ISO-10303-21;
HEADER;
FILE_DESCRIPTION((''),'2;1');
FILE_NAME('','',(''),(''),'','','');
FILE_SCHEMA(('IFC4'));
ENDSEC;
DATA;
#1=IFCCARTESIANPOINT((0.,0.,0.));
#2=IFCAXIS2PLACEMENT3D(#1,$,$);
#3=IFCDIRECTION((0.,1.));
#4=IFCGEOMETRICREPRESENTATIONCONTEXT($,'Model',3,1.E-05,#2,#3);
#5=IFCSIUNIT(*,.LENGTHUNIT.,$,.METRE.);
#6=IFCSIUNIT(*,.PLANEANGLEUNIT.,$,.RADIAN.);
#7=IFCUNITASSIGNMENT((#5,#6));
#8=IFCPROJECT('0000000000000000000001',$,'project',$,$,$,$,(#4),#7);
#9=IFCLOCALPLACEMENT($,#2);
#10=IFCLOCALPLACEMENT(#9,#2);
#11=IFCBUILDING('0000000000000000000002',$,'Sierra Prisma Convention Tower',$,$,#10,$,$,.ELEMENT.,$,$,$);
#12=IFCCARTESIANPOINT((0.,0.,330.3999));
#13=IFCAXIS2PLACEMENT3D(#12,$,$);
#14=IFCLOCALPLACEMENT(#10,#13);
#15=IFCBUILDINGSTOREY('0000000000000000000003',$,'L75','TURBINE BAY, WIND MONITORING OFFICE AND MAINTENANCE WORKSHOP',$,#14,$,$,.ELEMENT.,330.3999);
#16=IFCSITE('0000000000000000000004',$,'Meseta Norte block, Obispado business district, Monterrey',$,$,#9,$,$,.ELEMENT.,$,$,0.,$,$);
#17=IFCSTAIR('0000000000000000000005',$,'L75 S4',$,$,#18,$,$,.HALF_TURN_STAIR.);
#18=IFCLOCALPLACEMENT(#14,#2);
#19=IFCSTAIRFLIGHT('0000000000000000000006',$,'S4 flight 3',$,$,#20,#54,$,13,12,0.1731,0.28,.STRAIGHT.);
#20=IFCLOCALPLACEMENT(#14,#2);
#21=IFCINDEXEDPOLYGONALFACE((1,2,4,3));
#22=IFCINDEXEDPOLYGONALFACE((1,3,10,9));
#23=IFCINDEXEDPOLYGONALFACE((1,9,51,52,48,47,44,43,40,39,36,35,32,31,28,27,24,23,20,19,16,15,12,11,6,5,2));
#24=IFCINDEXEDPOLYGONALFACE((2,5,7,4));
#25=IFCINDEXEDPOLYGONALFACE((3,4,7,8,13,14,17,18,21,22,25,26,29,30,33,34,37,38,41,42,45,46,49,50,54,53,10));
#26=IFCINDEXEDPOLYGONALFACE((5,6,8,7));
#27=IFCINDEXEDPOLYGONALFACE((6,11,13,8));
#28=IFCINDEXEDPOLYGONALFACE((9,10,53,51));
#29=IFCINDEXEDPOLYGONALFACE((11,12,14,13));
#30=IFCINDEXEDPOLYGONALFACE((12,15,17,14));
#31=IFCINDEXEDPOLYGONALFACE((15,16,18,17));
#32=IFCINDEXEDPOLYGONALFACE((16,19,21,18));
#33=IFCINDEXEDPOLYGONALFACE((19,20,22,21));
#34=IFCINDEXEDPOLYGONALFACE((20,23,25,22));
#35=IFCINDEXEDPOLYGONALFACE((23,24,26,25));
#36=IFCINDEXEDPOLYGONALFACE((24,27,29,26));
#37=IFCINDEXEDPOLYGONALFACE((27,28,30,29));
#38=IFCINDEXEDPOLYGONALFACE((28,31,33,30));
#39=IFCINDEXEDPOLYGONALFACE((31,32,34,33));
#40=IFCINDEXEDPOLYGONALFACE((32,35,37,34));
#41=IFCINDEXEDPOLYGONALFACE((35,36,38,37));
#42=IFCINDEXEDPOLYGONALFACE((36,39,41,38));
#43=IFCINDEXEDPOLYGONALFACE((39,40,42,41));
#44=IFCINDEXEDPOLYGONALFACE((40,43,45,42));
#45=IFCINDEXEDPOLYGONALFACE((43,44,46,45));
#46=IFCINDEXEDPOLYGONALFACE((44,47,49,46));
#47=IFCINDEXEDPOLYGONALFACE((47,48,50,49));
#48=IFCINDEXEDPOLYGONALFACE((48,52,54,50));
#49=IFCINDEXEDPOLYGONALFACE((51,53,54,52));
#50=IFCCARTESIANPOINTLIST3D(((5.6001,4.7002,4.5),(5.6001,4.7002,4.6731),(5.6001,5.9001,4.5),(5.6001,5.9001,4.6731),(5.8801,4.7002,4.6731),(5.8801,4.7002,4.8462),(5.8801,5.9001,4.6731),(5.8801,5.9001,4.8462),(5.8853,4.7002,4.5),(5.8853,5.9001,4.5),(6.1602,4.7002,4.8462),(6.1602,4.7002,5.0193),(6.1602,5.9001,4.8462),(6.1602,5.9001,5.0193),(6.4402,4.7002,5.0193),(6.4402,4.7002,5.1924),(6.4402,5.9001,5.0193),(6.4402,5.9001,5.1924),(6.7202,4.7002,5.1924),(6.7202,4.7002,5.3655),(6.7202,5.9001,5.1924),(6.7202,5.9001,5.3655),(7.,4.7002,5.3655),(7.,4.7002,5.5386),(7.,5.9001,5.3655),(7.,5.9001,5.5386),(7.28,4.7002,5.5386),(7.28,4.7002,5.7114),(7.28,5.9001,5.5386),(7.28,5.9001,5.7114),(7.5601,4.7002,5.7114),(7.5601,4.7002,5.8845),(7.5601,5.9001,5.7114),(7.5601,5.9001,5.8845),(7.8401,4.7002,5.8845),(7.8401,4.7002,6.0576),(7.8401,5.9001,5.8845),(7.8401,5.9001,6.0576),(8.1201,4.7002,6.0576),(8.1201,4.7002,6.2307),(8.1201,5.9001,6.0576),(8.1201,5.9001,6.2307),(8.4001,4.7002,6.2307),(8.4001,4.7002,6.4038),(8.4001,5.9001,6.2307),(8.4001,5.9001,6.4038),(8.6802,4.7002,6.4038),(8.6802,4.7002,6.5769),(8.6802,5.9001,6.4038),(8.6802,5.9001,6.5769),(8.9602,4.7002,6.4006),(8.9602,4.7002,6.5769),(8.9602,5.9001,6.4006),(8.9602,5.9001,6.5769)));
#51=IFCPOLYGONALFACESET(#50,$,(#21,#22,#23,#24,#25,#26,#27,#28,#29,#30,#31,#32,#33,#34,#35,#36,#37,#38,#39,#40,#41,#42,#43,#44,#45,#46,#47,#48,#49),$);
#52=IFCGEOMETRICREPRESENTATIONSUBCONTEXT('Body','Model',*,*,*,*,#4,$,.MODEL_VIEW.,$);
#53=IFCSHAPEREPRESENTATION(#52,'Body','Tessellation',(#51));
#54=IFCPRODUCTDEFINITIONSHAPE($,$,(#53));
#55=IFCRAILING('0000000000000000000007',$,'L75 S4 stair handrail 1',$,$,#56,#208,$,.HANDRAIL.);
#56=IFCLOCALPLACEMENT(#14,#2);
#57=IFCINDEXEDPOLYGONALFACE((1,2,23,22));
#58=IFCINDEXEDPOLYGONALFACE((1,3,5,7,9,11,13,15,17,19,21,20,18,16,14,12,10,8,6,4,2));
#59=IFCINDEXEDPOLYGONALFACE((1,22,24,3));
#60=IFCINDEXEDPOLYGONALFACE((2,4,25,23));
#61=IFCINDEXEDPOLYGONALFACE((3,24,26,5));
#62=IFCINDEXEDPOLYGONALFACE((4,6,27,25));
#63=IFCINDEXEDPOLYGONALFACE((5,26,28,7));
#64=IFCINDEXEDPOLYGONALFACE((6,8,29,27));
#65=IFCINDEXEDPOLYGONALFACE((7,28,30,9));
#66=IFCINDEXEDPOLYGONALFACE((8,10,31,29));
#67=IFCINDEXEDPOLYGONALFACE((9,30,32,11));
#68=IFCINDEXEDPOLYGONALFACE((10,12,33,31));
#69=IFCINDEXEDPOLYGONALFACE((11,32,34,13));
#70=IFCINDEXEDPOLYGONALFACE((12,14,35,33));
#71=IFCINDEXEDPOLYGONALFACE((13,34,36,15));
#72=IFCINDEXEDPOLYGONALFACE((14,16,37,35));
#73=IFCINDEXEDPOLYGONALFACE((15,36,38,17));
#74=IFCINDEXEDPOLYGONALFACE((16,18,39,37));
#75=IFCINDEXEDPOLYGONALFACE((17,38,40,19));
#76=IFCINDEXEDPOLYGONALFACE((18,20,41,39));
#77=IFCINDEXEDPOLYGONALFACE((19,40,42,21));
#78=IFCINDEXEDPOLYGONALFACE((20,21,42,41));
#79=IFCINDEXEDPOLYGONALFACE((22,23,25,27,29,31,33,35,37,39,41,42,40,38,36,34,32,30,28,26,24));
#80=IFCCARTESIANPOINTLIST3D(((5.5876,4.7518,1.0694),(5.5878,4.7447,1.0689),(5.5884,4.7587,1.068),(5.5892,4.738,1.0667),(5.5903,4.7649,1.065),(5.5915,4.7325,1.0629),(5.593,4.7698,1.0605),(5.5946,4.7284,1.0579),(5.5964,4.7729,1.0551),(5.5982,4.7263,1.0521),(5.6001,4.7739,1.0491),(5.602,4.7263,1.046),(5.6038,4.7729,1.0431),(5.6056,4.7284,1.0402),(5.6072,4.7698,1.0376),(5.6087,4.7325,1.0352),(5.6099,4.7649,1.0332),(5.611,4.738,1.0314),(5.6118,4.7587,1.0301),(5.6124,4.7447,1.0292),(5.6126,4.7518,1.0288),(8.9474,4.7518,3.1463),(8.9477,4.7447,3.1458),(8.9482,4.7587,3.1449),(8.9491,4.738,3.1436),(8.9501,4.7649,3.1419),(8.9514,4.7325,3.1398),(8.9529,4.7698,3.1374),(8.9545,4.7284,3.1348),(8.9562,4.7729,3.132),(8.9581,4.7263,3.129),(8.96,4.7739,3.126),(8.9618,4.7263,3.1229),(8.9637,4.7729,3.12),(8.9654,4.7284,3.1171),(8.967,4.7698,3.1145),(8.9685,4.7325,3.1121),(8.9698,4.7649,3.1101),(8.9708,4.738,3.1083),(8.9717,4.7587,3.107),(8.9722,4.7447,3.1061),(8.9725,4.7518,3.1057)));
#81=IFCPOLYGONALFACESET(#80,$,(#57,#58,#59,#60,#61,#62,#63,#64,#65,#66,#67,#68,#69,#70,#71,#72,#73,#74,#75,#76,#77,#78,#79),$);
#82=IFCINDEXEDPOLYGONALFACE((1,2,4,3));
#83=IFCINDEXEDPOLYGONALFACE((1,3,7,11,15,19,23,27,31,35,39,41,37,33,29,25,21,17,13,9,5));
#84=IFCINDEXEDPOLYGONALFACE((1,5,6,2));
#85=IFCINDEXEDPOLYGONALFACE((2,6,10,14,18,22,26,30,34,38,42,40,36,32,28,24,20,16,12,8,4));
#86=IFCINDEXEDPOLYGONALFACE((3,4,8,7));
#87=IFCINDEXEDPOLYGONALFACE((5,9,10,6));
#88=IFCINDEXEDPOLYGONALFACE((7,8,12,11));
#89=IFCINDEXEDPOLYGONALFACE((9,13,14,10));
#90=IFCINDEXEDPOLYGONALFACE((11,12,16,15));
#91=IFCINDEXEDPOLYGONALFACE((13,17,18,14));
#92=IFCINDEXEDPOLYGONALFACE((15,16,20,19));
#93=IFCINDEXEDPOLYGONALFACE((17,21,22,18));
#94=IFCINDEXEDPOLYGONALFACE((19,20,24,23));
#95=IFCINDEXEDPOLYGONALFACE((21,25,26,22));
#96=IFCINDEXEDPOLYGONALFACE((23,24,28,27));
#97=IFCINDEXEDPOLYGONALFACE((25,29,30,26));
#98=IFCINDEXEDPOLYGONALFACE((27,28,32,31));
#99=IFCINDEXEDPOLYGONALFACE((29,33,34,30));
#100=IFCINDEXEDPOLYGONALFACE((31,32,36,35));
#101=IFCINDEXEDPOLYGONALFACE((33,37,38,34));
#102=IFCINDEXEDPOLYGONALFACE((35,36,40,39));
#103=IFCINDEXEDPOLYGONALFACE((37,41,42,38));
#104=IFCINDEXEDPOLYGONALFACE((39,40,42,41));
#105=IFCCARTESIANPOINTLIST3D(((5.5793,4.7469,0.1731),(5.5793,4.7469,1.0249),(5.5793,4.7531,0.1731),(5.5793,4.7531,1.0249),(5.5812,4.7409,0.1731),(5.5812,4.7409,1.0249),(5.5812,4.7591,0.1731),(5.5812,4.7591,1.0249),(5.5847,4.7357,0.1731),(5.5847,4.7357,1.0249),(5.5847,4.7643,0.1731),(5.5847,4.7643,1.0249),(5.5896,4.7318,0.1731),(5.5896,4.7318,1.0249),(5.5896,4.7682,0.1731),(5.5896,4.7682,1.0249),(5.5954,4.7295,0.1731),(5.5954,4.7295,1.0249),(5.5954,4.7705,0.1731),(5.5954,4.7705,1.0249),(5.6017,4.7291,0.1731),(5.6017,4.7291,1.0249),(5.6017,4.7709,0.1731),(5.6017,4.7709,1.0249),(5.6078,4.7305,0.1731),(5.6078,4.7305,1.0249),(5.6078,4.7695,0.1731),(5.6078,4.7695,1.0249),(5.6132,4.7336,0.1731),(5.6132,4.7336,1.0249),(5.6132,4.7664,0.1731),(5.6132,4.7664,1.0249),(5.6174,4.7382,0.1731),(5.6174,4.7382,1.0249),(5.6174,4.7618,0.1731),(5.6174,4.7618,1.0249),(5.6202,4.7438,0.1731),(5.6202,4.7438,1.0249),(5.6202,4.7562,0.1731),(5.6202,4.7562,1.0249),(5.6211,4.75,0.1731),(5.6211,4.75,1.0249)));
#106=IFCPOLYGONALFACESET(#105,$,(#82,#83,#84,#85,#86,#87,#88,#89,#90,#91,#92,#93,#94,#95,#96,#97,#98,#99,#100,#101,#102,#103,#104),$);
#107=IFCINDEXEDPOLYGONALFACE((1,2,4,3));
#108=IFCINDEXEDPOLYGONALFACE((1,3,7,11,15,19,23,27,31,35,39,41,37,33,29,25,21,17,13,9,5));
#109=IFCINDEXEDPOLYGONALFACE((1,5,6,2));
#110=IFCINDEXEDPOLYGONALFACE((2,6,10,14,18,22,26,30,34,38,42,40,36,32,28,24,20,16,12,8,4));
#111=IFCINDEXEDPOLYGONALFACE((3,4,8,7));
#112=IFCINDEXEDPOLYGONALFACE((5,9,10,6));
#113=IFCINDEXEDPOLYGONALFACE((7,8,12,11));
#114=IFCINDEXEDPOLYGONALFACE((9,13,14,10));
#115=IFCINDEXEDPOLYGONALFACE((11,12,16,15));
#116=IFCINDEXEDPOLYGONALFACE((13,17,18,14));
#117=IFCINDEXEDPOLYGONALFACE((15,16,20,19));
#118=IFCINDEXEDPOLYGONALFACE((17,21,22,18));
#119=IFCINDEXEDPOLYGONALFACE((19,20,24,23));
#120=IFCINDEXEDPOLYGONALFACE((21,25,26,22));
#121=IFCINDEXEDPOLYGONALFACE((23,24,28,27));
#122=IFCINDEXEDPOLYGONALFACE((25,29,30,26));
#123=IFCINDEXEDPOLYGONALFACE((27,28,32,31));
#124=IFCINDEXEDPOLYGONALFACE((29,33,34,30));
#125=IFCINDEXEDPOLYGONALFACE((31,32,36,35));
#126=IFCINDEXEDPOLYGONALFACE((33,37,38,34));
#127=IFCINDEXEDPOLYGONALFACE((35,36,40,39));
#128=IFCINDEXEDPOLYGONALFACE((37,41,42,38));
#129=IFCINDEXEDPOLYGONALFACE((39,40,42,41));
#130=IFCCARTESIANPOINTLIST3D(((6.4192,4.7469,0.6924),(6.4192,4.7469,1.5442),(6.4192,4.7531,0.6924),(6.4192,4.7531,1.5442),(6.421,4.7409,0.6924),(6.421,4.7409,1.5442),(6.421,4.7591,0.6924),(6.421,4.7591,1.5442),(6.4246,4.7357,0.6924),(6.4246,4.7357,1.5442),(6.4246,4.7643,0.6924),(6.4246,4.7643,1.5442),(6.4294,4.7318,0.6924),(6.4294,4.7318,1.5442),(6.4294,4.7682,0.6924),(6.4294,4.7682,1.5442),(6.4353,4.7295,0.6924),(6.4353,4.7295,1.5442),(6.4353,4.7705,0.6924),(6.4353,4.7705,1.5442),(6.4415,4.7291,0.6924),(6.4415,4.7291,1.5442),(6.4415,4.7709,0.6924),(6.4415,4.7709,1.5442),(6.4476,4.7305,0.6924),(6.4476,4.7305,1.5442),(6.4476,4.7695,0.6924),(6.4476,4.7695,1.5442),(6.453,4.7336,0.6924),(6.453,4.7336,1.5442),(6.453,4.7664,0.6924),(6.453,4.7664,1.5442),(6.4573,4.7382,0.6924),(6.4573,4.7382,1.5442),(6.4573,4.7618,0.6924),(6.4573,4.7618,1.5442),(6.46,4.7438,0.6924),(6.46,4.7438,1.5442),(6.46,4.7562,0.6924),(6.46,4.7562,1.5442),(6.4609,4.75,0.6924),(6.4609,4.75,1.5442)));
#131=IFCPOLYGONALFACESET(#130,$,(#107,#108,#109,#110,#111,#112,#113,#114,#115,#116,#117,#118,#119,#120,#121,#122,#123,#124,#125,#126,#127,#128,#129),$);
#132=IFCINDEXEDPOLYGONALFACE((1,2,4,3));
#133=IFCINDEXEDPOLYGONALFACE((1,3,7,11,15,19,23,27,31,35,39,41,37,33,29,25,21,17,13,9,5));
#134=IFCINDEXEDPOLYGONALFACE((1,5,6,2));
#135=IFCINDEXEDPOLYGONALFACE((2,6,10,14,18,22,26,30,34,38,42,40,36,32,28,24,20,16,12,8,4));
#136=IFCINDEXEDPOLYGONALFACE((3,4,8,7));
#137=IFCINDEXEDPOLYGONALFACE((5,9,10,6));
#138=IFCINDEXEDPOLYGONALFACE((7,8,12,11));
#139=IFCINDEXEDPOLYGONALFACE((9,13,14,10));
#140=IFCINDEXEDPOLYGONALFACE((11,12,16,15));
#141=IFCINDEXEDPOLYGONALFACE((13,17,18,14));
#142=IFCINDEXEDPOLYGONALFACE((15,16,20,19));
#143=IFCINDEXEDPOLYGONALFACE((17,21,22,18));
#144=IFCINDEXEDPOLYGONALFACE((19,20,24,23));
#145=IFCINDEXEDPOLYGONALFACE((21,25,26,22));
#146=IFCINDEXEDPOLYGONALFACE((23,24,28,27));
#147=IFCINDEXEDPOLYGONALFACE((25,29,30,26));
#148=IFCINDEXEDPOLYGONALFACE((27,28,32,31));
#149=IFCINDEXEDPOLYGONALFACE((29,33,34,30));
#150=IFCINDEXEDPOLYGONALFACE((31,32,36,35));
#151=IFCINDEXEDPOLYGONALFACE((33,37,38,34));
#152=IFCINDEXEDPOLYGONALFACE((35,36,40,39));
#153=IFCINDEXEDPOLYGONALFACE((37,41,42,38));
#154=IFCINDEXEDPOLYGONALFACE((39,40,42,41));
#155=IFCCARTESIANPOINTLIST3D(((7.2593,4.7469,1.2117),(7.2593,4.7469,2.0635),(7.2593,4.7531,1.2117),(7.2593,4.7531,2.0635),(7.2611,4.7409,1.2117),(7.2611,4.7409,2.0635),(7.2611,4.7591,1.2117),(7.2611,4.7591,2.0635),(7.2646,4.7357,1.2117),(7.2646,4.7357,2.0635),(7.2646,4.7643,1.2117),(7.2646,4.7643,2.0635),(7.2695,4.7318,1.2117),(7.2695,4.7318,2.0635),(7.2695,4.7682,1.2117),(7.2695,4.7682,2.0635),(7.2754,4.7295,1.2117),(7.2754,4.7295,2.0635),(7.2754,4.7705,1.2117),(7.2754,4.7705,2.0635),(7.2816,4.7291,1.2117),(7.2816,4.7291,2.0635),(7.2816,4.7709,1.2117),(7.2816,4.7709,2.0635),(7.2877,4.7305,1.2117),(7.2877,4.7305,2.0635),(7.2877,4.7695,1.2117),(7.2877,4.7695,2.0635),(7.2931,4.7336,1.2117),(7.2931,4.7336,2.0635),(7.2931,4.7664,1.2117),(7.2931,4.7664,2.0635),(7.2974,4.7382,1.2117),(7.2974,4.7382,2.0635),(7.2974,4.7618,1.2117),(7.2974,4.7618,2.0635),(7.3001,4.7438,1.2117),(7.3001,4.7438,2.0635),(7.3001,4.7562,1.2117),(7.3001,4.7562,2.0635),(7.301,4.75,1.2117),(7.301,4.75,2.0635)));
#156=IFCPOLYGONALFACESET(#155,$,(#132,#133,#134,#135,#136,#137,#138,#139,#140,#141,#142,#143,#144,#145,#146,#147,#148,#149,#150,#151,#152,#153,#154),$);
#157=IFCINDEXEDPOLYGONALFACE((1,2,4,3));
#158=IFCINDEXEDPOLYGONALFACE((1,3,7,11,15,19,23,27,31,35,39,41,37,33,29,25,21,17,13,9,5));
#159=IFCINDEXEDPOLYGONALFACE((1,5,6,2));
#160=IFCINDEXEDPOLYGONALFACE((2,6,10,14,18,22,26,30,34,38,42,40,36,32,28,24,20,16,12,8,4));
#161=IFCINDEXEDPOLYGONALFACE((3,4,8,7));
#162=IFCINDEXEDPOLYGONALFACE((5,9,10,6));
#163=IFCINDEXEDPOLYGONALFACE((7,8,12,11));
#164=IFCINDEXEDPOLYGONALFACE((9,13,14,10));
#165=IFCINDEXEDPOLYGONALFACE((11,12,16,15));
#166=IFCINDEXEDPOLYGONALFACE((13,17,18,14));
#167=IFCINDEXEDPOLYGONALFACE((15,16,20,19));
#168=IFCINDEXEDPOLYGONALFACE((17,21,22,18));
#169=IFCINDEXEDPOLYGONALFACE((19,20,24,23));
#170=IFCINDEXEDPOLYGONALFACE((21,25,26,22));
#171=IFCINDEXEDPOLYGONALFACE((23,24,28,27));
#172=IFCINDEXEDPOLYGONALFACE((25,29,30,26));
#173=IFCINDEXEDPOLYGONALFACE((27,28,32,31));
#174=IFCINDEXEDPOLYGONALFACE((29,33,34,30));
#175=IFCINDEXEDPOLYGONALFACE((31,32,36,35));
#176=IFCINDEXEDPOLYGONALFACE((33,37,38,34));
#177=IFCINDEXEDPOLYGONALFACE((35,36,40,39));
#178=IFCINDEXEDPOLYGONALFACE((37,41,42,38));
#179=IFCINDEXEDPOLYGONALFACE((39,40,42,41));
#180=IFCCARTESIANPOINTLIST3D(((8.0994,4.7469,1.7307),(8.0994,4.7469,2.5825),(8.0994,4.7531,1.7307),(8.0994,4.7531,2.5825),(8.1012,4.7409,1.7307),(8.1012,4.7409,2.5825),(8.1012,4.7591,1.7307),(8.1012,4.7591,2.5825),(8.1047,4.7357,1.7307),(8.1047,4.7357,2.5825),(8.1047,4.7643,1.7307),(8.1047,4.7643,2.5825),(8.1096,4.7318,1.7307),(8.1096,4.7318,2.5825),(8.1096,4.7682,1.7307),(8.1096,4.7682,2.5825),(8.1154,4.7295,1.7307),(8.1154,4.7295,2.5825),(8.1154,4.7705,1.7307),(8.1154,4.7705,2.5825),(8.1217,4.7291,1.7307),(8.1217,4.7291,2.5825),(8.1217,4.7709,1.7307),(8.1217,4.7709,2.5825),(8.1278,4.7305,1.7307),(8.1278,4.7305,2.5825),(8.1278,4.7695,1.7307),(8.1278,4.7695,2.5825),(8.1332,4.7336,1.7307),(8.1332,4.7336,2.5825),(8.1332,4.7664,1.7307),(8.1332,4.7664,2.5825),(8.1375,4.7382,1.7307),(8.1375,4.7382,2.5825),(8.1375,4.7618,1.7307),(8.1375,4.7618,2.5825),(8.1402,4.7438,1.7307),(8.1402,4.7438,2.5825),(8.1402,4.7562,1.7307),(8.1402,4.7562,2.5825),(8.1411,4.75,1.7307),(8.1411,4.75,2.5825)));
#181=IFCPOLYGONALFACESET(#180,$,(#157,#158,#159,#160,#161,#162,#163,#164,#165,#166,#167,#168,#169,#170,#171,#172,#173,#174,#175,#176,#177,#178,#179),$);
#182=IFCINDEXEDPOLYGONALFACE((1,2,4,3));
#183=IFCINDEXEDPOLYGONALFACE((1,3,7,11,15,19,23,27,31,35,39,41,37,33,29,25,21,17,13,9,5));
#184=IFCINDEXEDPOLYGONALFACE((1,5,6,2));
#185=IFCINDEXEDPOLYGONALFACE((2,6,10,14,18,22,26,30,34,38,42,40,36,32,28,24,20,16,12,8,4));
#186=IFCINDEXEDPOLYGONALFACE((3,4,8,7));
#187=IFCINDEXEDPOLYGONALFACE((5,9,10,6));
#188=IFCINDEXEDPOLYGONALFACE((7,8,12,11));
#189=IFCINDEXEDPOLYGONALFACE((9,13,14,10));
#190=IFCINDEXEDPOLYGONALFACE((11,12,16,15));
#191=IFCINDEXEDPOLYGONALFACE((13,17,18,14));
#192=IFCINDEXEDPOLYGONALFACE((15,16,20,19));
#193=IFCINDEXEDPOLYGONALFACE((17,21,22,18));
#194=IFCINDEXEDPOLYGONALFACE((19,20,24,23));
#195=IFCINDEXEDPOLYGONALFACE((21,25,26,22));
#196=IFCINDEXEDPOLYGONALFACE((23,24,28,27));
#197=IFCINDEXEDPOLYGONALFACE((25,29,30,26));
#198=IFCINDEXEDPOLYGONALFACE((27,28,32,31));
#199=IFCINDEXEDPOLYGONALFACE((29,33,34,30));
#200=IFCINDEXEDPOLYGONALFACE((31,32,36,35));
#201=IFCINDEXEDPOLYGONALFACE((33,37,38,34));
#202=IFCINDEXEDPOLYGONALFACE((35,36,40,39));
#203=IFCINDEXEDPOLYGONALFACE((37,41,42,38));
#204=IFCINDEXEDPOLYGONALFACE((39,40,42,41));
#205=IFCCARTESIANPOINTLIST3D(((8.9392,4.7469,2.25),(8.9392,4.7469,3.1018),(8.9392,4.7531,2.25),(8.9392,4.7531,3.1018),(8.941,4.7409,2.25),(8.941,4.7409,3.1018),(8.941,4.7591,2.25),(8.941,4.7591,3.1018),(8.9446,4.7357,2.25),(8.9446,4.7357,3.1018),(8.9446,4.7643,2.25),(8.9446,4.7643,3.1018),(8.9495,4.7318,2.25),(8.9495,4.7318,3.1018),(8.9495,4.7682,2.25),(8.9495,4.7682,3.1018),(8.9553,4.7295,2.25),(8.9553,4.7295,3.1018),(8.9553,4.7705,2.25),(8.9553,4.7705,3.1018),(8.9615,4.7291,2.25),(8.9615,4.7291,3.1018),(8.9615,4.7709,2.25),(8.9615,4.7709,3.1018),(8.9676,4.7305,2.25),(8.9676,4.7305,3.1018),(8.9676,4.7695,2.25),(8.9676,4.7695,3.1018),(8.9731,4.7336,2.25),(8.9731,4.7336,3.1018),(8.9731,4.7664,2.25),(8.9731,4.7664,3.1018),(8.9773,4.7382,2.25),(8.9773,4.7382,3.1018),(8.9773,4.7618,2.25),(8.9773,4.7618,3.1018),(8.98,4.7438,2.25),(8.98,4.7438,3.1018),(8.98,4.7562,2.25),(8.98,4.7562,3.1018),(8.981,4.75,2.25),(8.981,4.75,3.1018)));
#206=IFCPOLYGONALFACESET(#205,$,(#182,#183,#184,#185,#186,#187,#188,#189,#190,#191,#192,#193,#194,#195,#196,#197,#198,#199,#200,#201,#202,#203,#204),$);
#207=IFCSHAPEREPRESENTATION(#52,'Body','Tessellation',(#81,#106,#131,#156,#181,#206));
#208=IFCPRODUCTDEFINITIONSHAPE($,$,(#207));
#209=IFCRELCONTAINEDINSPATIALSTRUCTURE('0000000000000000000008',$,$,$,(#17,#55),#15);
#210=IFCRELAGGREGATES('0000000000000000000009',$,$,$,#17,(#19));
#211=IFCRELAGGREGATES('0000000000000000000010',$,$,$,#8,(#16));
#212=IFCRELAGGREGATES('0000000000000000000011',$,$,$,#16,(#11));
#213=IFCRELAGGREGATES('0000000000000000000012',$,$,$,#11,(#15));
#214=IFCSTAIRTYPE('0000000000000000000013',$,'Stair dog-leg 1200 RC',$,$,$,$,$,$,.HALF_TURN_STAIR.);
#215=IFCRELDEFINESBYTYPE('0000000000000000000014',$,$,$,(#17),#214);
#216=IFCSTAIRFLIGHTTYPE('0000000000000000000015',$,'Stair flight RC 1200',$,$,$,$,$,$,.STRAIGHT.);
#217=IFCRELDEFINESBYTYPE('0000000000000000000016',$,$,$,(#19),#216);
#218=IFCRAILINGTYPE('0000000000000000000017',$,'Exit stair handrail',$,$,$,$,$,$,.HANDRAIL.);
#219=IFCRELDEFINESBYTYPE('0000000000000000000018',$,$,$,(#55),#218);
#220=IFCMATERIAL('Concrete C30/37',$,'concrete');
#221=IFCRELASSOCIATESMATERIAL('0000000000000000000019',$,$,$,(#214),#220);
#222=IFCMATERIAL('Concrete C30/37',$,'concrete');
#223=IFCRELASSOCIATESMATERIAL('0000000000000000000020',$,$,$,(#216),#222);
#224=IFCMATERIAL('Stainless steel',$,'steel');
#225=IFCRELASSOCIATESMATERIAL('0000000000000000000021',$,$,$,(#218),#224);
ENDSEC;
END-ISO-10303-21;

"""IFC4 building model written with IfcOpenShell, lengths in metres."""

from ifc_helpers import new_model, si_unit, direction, frame, origin, origin_2d, place, context, subcontext, project, spatial, polyline, circle, outline, extrude, material, type_object, element, aggregate, save


model = new_model("IFC4")

# Units and contexts
model_context = context("Model", 3, precision=1e-05, world=origin(), true_north=direction((0.0, 1.0)))
body_context = subcontext(model_context, "Body", "Model", "MODEL_VIEW")
ifc_project = project(units=[si_unit("LENGTHUNIT", "METRE"), si_unit("PLANEANGLEUNIT", "RADIAN")], contexts=[model_context])

# Site, building, storey
site_placement = place(None, origin())
site = spatial("IfcSite", under=ifc_project, at=site_placement, Name="Meseta Norte block, Obispado business district, Monterrey", CompositionType="ELEMENT", RefElevation=0.0)
building_placement = place(site_placement, origin())
building = spatial("IfcBuilding", under=site, at=building_placement, Name="Sierra Prisma Convention Tower", CompositionType="ELEMENT")
storey_placement = place(building_placement, frame((0.0, 0.0, 330.3999)))
storey = spatial("IfcBuildingStorey", under=building, at=storey_placement, Name="L75", Description="TURBINE BAY, WIND MONITORING OFFICE AND MAINTENANCE WORKSHOP", CompositionType="ELEMENT", Elevation=330.3999)

# Stair, stair flight
ifc_material_1 = material(Name="Concrete C30/37", Category="concrete")
stair_type = type_object("IfcStairType", Name="Stair dog-leg 1200 RC", PredefinedType="HALF_TURN_STAIR", material=ifc_material_1)
stair_placement = place(storey_placement, origin())
stair = element("IfcStair", 1, at=stair_placement, inside=storey, type_object=stair_type, Name="L75 S4", PredefinedType="HALF_TURN_STAIR")
ifc_material_2 = material(Name="Concrete C30/37", Category="concrete")
stair_flight_type = type_object("IfcStairFlightType", Name="Stair flight RC 1200", PredefinedType="STRAIGHT", material=ifc_material_2)
stair_flight_1_placement = place(storey_placement, frame((5.6001, 5.3, 4.5), z_axis=(0.0, 0.0, 1.0), x_axis=(1.0, 0.0, 0.0)))
stair_flight_1 = element("IfcStairFlight", 2, at=stair_flight_1_placement, type_object=stair_flight_type, Name="S4 flight 3", NumberOfRisers=13, NumberOfTreads=12, PredefinedType="STRAIGHT", RiserHeight=0.1731, TreadLength=0.28, context=body_context, shape_type="SweptSolid", body=[
    extrude(outline(polyline([(0.0, 0.0), (0.0, 0.1731), (0.28, 0.1731), (0.28, 0.3462), (0.5601, 0.3462), (0.5601, 0.5193), (0.8401, 0.5193), (0.8401, 0.6924), (1.1201, 0.6924), (1.1201, 0.8655), (1.3999, 0.8655), (1.3999, 1.0386), (1.6799, 1.0386), (1.6799, 1.2114), (1.96, 1.2114), (1.96, 1.3845), (2.24, 1.3845), (2.24, 1.5576), (2.52, 1.5576), (2.52, 1.7307), (2.8, 1.7307), (2.8, 1.9038), (3.0801, 1.9038), (3.0801, 2.0769), (3.3601, 2.0769), (3.3601, 2.25), (3.3601, 1.9006), (0.2852, 0.0), (0.0, 0.0)])), frame((0.0, 0.6001, 0.0), z_axis=(0.0, -1.0, 0.0), x_axis=(1.0, 0.0, 0.0)), (0.0, 0.0, 1.0), 1.2),
])
aggregate(stair, [stair_flight_1])

# Railing
ifc_material_3 = material(Name="Stainless steel", Category="steel")
railing_type_1 = type_object("IfcRailingType", Name="Exit stair handrail", PredefinedType="HANDRAIL", material=ifc_material_3)
for number, where, name in (
    (3, (5.6001, 4.75, 0.1731), "L75 S4 stair handrail 1"),
):
    element("IfcRailing", number, at=place(storey_placement, frame(where)), inside=storey, type_object=railing_type_1, Name=name, PredefinedType="HANDRAIL", context=body_context, shape_type="SweptSolid", body=[
        extrude(circle(Radius=0.0239, at=origin_2d()), frame((0.0, 0.0, 0.876), z_axis=(0.850606, 0.0, 0.525803), x_axis=(0.0, 1.0, 0.0)), (0.0, 0.0, 1.0), 3.95),
        extrude(circle(Radius=0.021, at=origin_2d()), origin(), (0.0, 0.0, 1.0), 0.8518),
        extrude(circle(Radius=0.021, at=origin_2d()), frame((0.8398, 0.0, 0.5193)), (0.0, 0.0, 1.0), 0.8518),
        extrude(circle(Radius=0.021, at=origin_2d()), frame((1.6799, 0.0, 1.0386)), (0.0, 0.0, 1.0), 0.8518),
        extrude(circle(Radius=0.021, at=origin_2d()), frame((2.52, 0.0, 1.5576)), (0.0, 0.0, 1.0), 0.8518),
        extrude(circle(Radius=0.021, at=origin_2d()), frame((3.3599, 0.0, 2.0769)), (0.0, 0.0, 1.0), 0.8518),
    ])

save(model, "model.ifc")
